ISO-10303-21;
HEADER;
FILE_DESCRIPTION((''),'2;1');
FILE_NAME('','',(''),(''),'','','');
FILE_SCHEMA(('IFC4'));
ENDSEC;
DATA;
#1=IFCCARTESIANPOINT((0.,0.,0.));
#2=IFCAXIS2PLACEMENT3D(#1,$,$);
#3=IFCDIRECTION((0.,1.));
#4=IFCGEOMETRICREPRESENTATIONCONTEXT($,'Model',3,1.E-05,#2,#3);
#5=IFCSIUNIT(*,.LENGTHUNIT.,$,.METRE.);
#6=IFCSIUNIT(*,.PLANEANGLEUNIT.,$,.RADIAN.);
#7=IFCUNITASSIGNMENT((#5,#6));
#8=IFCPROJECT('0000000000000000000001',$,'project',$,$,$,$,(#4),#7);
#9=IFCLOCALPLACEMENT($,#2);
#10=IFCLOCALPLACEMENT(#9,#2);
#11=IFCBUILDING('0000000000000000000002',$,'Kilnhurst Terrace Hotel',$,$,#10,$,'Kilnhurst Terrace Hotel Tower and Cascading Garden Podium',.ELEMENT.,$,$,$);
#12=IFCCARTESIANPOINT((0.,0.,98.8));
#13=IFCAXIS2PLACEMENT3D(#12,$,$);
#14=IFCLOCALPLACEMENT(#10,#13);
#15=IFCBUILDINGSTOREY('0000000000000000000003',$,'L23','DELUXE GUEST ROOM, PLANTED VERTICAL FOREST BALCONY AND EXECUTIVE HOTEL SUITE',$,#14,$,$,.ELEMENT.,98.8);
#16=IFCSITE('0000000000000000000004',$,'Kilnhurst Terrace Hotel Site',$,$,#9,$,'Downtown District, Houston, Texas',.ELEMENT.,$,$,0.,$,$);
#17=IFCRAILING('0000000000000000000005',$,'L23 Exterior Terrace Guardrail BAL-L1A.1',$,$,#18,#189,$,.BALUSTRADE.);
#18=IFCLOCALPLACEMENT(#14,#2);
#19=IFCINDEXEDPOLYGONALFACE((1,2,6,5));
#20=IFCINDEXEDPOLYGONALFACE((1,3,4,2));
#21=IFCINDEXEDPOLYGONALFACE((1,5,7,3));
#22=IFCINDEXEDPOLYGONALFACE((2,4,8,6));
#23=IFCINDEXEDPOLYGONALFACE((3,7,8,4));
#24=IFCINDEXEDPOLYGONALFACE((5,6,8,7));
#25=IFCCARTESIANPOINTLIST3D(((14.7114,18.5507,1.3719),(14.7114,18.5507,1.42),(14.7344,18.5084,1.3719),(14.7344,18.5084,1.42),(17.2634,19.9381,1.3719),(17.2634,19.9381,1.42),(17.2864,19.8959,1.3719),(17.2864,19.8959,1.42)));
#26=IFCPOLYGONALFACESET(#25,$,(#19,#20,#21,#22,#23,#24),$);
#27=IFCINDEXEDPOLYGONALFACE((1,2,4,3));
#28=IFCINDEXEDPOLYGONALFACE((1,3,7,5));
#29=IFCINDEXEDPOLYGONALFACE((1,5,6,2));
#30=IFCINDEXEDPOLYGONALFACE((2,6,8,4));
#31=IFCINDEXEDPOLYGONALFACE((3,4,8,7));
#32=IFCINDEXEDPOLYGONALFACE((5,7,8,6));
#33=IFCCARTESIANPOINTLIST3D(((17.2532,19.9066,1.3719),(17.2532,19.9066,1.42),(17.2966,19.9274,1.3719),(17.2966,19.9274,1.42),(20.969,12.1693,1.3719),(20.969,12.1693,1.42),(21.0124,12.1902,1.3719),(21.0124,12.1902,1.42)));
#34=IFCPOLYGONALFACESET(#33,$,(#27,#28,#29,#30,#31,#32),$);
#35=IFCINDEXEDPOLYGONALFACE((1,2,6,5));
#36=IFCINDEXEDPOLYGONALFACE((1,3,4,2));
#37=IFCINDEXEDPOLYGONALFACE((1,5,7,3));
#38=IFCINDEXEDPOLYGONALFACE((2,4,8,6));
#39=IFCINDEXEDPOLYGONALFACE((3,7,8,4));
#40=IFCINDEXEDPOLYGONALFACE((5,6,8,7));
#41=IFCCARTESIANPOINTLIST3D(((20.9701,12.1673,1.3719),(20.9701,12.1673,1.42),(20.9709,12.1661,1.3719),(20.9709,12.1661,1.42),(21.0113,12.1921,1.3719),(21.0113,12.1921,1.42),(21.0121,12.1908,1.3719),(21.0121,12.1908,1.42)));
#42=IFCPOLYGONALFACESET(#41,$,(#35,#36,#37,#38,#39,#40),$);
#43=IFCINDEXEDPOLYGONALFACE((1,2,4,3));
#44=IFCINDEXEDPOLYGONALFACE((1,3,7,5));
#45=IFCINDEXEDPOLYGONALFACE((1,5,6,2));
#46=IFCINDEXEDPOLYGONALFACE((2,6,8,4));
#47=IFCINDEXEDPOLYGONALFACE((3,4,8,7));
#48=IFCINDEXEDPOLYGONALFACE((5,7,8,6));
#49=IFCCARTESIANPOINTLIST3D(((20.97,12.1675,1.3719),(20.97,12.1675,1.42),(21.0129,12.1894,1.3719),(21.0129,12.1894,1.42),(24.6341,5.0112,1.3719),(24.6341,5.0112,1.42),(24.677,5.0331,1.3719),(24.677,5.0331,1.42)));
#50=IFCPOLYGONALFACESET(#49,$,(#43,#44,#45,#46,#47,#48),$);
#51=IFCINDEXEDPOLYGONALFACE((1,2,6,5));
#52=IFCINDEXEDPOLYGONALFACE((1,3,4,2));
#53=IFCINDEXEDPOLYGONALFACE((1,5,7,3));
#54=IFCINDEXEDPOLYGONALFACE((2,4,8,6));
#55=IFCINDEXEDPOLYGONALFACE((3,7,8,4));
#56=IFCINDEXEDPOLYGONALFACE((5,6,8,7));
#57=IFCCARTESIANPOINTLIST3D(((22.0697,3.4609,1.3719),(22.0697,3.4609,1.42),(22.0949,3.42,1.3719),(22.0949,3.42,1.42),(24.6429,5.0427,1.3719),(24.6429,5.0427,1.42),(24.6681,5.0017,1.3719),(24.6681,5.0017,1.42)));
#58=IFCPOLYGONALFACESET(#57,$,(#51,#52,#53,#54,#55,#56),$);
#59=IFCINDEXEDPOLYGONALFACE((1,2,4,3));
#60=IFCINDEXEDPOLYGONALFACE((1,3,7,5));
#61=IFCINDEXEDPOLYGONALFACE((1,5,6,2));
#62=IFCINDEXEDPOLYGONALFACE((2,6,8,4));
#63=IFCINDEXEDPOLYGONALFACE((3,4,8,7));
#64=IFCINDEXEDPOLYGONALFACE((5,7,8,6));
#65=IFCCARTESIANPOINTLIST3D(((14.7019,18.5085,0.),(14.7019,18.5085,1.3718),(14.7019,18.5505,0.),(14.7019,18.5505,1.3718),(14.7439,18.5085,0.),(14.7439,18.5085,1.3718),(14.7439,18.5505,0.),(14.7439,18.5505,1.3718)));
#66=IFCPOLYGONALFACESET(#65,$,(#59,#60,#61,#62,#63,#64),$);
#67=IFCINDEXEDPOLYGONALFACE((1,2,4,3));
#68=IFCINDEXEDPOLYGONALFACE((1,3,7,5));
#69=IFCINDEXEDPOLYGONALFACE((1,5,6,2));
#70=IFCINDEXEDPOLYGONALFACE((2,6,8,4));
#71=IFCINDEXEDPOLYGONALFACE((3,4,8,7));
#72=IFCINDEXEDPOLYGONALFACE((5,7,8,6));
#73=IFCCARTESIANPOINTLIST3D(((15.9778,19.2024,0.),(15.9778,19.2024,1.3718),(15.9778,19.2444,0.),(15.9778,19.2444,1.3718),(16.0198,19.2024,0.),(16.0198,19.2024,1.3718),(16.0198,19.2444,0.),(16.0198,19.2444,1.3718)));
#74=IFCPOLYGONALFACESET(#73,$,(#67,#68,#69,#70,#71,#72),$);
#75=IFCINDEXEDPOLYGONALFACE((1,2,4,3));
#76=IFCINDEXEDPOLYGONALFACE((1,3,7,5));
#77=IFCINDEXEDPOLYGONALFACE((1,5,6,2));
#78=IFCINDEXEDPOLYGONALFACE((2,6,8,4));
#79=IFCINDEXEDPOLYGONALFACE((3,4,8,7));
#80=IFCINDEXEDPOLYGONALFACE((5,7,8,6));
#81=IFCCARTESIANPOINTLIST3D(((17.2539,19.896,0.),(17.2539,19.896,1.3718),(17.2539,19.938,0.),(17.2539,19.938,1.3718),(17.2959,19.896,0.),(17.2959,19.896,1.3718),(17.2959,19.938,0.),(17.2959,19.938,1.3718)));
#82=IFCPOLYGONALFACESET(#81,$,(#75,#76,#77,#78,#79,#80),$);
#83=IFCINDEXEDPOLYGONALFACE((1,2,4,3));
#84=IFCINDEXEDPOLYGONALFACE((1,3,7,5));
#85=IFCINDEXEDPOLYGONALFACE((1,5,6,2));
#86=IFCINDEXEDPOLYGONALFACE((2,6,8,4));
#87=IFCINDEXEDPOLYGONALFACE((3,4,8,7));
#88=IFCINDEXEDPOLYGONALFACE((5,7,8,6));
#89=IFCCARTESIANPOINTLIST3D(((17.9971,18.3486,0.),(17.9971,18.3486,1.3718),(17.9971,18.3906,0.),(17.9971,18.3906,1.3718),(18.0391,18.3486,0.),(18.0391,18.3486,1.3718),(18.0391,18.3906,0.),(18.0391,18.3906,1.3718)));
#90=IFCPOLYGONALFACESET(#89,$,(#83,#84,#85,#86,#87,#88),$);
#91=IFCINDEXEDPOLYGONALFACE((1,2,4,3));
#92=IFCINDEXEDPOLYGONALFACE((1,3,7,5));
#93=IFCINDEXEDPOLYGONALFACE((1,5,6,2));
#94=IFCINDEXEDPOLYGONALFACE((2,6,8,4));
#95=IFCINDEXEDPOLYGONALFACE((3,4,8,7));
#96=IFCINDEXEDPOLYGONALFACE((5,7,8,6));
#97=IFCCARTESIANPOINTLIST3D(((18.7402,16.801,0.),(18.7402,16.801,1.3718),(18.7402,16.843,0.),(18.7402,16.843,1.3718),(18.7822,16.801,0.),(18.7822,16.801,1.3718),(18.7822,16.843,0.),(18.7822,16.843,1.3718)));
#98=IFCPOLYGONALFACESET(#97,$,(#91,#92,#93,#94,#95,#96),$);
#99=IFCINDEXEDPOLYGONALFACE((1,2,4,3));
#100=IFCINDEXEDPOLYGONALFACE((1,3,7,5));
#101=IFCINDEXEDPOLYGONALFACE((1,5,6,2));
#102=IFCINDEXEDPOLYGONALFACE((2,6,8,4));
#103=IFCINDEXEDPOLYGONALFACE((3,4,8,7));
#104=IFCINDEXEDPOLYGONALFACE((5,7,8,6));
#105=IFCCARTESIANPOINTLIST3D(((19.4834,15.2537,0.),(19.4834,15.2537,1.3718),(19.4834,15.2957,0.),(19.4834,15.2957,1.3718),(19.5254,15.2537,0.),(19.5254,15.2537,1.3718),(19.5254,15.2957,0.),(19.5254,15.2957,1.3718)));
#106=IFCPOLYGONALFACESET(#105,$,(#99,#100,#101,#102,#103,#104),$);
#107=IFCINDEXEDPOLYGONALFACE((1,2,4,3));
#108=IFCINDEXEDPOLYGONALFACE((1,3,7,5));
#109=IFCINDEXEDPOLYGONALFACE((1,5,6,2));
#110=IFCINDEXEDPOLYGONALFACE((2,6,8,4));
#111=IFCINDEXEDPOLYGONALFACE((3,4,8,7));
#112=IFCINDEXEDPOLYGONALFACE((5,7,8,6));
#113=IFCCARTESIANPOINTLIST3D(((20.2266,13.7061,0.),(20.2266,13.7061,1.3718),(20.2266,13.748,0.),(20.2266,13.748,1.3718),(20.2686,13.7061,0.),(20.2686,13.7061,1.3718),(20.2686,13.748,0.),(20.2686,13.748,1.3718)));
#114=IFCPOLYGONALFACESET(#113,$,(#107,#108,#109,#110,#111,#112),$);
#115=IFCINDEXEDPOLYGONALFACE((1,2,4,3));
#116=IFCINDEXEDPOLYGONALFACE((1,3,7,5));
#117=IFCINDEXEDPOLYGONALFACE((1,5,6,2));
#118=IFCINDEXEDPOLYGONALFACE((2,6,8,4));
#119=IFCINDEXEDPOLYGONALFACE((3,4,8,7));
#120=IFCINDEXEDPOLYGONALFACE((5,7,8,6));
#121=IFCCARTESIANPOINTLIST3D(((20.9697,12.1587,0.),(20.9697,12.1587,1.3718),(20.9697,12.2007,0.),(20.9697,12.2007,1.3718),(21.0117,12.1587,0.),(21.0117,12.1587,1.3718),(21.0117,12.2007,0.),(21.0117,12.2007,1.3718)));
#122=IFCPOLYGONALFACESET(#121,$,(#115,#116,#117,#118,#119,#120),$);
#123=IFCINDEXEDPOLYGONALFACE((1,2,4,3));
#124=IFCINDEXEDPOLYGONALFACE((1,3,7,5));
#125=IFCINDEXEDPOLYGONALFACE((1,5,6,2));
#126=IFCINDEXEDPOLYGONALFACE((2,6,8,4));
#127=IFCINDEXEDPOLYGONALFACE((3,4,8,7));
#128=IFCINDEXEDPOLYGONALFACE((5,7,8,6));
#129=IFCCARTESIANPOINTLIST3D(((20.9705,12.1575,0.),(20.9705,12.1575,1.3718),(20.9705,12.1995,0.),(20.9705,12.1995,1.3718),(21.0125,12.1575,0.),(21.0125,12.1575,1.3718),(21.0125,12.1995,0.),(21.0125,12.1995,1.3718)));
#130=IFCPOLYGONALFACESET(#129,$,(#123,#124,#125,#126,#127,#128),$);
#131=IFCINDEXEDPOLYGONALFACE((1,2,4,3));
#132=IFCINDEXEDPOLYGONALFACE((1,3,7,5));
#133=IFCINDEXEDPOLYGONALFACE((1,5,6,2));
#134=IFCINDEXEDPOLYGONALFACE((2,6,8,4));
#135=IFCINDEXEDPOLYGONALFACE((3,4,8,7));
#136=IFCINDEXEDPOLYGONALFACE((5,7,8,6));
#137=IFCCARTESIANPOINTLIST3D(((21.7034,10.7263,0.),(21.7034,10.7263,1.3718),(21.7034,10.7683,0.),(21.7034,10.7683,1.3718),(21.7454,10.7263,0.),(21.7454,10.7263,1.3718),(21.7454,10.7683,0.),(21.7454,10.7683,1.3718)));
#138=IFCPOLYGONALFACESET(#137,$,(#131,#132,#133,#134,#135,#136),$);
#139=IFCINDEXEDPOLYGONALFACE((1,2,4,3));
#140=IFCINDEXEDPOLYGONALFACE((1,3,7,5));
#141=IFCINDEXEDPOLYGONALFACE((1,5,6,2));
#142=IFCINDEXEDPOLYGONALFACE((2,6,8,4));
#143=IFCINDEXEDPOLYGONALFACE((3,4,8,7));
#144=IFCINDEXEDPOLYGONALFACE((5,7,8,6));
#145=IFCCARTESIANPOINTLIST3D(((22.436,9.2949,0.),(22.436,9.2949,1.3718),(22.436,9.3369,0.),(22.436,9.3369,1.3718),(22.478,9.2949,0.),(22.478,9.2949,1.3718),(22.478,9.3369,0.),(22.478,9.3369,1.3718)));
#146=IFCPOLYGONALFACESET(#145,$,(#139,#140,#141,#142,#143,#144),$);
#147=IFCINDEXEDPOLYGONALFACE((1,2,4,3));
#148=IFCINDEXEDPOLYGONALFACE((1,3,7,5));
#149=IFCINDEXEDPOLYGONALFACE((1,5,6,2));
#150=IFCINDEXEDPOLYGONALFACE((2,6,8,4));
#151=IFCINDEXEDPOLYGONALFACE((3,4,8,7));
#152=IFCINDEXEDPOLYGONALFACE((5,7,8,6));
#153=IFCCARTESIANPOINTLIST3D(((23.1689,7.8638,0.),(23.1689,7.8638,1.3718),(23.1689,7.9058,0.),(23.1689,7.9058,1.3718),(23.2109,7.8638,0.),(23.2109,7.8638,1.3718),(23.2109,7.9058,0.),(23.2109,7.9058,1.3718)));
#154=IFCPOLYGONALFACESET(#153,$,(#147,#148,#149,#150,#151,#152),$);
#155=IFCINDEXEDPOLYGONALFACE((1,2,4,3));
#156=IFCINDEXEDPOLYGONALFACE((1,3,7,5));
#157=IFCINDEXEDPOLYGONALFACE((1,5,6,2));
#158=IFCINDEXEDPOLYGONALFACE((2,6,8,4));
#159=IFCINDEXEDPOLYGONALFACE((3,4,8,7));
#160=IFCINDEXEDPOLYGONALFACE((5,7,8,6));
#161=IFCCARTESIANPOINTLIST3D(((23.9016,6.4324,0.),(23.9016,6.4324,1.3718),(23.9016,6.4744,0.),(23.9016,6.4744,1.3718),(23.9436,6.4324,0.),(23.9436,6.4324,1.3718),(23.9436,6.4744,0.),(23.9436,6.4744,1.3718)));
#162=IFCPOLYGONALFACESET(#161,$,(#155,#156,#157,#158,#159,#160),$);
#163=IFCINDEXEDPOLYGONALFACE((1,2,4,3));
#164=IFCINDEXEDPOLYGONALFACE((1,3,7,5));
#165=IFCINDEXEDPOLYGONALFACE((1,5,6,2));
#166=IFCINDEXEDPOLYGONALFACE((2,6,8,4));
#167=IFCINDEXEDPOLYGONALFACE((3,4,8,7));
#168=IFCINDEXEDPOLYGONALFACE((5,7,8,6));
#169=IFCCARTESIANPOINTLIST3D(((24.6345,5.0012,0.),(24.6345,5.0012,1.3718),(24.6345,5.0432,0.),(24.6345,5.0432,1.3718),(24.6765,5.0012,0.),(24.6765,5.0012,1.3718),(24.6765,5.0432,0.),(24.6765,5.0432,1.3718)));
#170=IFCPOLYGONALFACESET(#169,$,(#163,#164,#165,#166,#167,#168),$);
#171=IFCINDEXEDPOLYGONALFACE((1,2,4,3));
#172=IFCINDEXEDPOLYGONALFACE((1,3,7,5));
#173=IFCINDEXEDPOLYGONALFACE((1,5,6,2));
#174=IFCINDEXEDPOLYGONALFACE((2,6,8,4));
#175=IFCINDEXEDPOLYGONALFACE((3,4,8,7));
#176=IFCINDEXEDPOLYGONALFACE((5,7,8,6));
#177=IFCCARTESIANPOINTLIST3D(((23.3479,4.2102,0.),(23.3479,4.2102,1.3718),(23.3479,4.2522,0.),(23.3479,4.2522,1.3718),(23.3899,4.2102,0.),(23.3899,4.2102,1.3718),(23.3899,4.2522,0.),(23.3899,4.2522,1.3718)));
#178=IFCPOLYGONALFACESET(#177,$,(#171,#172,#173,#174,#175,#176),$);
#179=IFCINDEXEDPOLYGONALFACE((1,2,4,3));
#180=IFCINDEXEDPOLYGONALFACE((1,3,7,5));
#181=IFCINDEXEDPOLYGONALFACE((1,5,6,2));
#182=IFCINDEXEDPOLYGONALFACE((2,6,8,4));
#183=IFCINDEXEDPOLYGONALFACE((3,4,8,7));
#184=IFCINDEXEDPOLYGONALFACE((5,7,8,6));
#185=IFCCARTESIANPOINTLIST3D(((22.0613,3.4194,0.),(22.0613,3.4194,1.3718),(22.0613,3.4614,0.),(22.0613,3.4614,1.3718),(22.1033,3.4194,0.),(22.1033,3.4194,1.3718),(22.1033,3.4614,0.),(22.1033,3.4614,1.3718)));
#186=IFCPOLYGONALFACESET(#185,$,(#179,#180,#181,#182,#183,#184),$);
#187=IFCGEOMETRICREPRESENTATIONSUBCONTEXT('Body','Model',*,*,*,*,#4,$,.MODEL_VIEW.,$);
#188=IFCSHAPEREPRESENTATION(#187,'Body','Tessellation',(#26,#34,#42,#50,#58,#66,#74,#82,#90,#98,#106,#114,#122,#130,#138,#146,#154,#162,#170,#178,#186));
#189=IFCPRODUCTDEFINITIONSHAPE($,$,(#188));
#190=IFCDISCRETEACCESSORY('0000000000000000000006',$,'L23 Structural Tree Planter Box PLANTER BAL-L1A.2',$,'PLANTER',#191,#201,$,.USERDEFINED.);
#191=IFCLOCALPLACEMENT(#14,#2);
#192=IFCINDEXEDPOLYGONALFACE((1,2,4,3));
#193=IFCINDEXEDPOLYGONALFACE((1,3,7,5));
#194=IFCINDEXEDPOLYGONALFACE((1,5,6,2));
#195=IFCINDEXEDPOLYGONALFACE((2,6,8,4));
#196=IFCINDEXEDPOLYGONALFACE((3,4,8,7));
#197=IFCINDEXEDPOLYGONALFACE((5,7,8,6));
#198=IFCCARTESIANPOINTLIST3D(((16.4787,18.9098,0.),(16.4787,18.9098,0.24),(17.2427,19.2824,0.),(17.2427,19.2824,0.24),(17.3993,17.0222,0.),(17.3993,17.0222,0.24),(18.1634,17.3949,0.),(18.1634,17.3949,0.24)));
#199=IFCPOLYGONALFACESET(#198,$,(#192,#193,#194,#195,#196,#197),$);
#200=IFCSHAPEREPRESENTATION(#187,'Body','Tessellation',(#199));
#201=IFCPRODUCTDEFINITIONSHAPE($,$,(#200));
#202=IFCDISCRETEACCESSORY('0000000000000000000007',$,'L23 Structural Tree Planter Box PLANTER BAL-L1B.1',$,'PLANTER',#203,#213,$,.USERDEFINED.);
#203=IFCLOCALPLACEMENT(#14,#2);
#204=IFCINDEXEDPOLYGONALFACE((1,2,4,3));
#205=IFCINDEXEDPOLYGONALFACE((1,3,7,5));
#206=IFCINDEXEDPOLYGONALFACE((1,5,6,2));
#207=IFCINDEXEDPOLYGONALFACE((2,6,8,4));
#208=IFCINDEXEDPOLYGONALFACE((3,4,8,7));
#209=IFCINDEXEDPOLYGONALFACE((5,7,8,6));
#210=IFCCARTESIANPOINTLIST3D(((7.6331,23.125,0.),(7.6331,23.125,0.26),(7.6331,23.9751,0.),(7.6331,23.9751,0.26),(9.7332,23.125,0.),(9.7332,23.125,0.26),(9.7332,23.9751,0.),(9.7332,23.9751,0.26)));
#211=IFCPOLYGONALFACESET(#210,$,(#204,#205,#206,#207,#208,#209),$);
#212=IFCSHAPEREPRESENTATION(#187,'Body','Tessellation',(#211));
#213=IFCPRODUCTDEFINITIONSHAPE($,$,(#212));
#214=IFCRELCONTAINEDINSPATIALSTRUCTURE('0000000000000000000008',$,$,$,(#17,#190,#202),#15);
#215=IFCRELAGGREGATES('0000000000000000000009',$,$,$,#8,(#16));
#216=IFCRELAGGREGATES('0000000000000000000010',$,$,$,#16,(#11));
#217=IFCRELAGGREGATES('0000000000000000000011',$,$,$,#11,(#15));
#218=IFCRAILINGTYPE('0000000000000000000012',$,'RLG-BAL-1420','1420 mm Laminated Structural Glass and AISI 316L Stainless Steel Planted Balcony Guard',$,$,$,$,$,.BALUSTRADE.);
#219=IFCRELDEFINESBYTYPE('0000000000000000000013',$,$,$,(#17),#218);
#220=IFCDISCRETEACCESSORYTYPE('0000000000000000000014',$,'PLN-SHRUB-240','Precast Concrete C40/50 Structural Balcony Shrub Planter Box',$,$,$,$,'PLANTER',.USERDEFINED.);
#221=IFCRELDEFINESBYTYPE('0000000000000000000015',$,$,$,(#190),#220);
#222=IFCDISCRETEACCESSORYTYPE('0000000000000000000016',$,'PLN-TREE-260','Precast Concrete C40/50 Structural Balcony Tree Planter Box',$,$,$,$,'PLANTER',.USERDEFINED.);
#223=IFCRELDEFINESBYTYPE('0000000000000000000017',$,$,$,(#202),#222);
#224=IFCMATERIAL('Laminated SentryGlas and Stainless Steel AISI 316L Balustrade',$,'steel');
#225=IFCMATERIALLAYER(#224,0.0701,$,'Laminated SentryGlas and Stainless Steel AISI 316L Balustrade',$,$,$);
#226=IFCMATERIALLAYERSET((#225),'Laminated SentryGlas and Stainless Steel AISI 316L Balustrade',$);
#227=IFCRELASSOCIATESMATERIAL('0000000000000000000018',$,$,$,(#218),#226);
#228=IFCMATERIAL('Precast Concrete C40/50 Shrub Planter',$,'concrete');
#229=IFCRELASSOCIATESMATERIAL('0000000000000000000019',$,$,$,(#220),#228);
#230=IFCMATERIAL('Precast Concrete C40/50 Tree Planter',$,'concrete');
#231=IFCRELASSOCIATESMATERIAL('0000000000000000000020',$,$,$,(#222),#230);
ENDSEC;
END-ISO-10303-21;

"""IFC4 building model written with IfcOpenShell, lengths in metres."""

from ifc_helpers import new_model, si_unit, direction, frame, origin, origin_2d, place, context, subcontext, project, spatial, rectangle, extrude, material, layer, layer_set, type_object, element, save


model = new_model("IFC4")

# Units and contexts
model_context = context("Model", 3, precision=1e-05, world=origin(), true_north=direction((0.0, 1.0)))
body_context = subcontext(model_context, "Body", "Model", "MODEL_VIEW")
ifc_project = project(units=[si_unit("LENGTHUNIT", "METRE"), si_unit("PLANEANGLEUNIT", "RADIAN")], contexts=[model_context])

# Site, building, storey
site_placement = place(None, origin())
site = spatial("IfcSite", under=ifc_project, at=site_placement, Name="Kilnhurst Terrace Hotel Site", LongName="Downtown District, Houston, Texas", CompositionType="ELEMENT", RefElevation=0.0)
building_placement = place(site_placement, origin())
building = spatial("IfcBuilding", under=site, at=building_placement, Name="Kilnhurst Terrace Hotel", LongName="Kilnhurst Terrace Hotel Tower and Cascading Garden Podium", CompositionType="ELEMENT")
storey_placement = place(building_placement, frame((0.0, 0.0, 98.8)))
storey = spatial("IfcBuildingStorey", under=building, at=storey_placement, Name="L23", Description="DELUXE GUEST ROOM, PLANTED VERTICAL FOREST BALCONY AND EXECUTIVE HOTEL SUITE", CompositionType="ELEMENT", Elevation=98.8)

# Railing
ifc_material_1 = material(Name="Laminated SentryGlas and Stainless Steel AISI 316L Balustrade", Category="steel")
ifc_layer_1 = layer(ifc_material_1, 0.0701, Name="Laminated SentryGlas and Stainless Steel AISI 316L Balustrade")
ifc_layer_set_1 = layer_set([ifc_layer_1], Name="Laminated SentryGlas and Stainless Steel AISI 316L Balustrade")
railing_type = type_object("IfcRailingType", Name="RLG-BAL-1420", Description="1420 mm Laminated Structural Glass and AISI 316L Stainless Steel Planted Balcony Guard", PredefinedType="BALUSTRADE", material=ifc_layer_set_1)
railing_placement = place(storey_placement, frame((14.7229, 18.5295, 0.0)))
element("IfcRailing", 1, at=railing_placement, inside=storey, type_object=railing_type, Name="L23 Exterior Terrace Guardrail BAL-L1A.1", PredefinedType="BALUSTRADE", context=body_context, shape_type="SweptSolid", body=[
    extrude(rectangle(XDim=0.0481, YDim=0.0481, at=origin_2d()), frame((0.0, 0.0, 1.396), z_axis=(0.878553, 0.477644, 0.0), x_axis=(-0.477644, 0.878553, 0.0)), (0.0, 0.0, 1.0), 2.9048),
    extrude(rectangle(XDim=0.0481, YDim=0.0481, at=origin_2d()), frame((2.552, 1.3875, 1.396), z_axis=(0.432912, -0.901436, 0.0), x_axis=(0.901436, 0.432912, 0.0)), (0.0, 0.0, 1.0), 8.5833),
    extrude(rectangle(XDim=0.0481, YDim=0.0481, at=origin_2d()), frame((6.2678, -6.3499, 1.396), z_axis=(0.514496, -0.857493, 0.0), x_axis=(0.857493, 0.514496, 0.0)), (0.0, 0.0, 1.0), 0.0015),
    extrude(rectangle(XDim=0.0481, YDim=0.0481, at=origin_2d()), frame((6.2686, -6.3511, 1.396), z_axis=(0.455744, -0.890111, 0.0), x_axis=(0.890111, 0.455744, 0.0)), (0.0, 0.0, 1.0), 8.0398),
    extrude(rectangle(XDim=0.0481, YDim=0.0481, at=origin_2d()), frame((9.9326, -13.5073, 1.396), z_axis=(-0.851916, -0.523678, 0.0), x_axis=(0.523678, -0.851916, 0.0)), (0.0, 0.0, 1.0), 3.0205),
    extrude(rectangle(XDim=0.042, YDim=0.042, at=origin_2d()), origin(), (0.0, 0.0, 1.0), 1.3718),
    extrude(rectangle(XDim=0.042, YDim=0.042, at=origin_2d()), frame((1.2759, 0.6938, 0.0)), (0.0, 0.0, 1.0), 1.3718),
    extrude(rectangle(XDim=0.042, YDim=0.042, at=origin_2d()), frame((2.552, 1.3875, 0.0)), (0.0, 0.0, 1.0), 1.3718),
    extrude(rectangle(XDim=0.042, YDim=0.042, at=origin_2d()), frame((3.2952, -0.1599, 0.0)), (0.0, 0.0, 1.0), 1.3718),
    extrude(rectangle(XDim=0.042, YDim=0.042, at=origin_2d()), frame((4.0383, -1.7075, 0.0)), (0.0, 0.0, 1.0), 1.3718),
    extrude(rectangle(XDim=0.042, YDim=0.042, at=origin_2d()), frame((4.7815, -3.2549, 0.0)), (0.0, 0.0, 1.0), 1.3718),
    extrude(rectangle(XDim=0.042, YDim=0.042, at=origin_2d()), frame((5.5247, -4.8025, 0.0)), (0.0, 0.0, 1.0), 1.3718),
    extrude(rectangle(XDim=0.042, YDim=0.042, at=origin_2d()), frame((6.2678, -6.3499, 0.0)), (0.0, 0.0, 1.0), 1.3718),
    extrude(rectangle(XDim=0.042, YDim=0.042, at=origin_2d()), frame((6.2686, -6.3511, 0.0)), (0.0, 0.0, 1.0), 1.3718),
    extrude(rectangle(XDim=0.042, YDim=0.042, at=origin_2d()), frame((7.0015, -7.7822, 0.0)), (0.0, 0.0, 1.0), 1.3718),
    extrude(rectangle(XDim=0.042, YDim=0.042, at=origin_2d()), frame((7.7341, -9.2136, 0.0)), (0.0, 0.0, 1.0), 1.3718),
    extrude(rectangle(XDim=0.042, YDim=0.042, at=origin_2d()), frame((8.467, -10.6448, 0.0)), (0.0, 0.0, 1.0), 1.3718),
    extrude(rectangle(XDim=0.042, YDim=0.042, at=origin_2d()), frame((9.1997, -12.0762, 0.0)), (0.0, 0.0, 1.0), 1.3718),
    extrude(rectangle(XDim=0.042, YDim=0.042, at=origin_2d()), frame((9.9326, -13.5073, 0.0)), (0.0, 0.0, 1.0), 1.3718),
    extrude(rectangle(XDim=0.042, YDim=0.042, at=origin_2d()), frame((8.646, -14.2983, 0.0)), (0.0, 0.0, 1.0), 1.3718),
    extrude(rectangle(XDim=0.042, YDim=0.042, at=origin_2d()), frame((7.3594, -15.0891, 0.0)), (0.0, 0.0, 1.0), 1.3718),
])

# Discrete accessories
ifc_material_2 = material(Name="Precast Concrete C40/50 Shrub Planter", Category="concrete")
discrete_accessory_type_1 = type_object("IfcDiscreteAccessoryType", Name="PLN-SHRUB-240", Description="Precast Concrete C40/50 Structural Balcony Shrub Planter Box", ElementType="PLANTER", PredefinedType="USERDEFINED", material=ifc_material_2)
discrete_accessory_1_placement = place(storey_placement, frame((17.321, 18.1523, 0.0), z_axis=(0.0, 0.0, 1.0), x_axis=(-0.438387, 0.898786, 0.0)))
element("IfcDiscreteAccessory", 2, at=discrete_accessory_1_placement, inside=storey, type_object=discrete_accessory_type_1, Name="L23 Structural Tree Planter Box PLANTER BAL-L1A.2", ObjectType="PLANTER", PredefinedType="USERDEFINED", context=body_context, shape_type="SweptSolid", body=[
    extrude(rectangle(XDim=2.1001, YDim=0.8501, at=origin_2d()), origin(), (0.0, 0.0, 1.0), 0.24),
])
ifc_material_3 = material(Name="Precast Concrete C40/50 Tree Planter", Category="concrete")
discrete_accessory_type_2 = type_object("IfcDiscreteAccessoryType", Name="PLN-TREE-260", Description="Precast Concrete C40/50 Structural Balcony Tree Planter Box", ElementType="PLANTER", PredefinedType="USERDEFINED", material=ifc_material_3)
discrete_accessory_2_placement = place(storey_placement, frame((8.6831, 23.55, 0.0), z_axis=(0.0, 0.0, 1.0), x_axis=(-1.0, 0.0, 0.0)))
element("IfcDiscreteAccessory", 3, at=discrete_accessory_2_placement, inside=storey, type_object=discrete_accessory_type_2, Name="L23 Structural Tree Planter Box PLANTER BAL-L1B.1", ObjectType="PLANTER", PredefinedType="USERDEFINED", context=body_context, shape_type="SweptSolid", body=[
    extrude(rectangle(XDim=2.1001, YDim=0.8501, at=origin_2d()), origin(), (0.0, 0.0, 1.0), 0.26),
])

save(model, "model.ifc")
